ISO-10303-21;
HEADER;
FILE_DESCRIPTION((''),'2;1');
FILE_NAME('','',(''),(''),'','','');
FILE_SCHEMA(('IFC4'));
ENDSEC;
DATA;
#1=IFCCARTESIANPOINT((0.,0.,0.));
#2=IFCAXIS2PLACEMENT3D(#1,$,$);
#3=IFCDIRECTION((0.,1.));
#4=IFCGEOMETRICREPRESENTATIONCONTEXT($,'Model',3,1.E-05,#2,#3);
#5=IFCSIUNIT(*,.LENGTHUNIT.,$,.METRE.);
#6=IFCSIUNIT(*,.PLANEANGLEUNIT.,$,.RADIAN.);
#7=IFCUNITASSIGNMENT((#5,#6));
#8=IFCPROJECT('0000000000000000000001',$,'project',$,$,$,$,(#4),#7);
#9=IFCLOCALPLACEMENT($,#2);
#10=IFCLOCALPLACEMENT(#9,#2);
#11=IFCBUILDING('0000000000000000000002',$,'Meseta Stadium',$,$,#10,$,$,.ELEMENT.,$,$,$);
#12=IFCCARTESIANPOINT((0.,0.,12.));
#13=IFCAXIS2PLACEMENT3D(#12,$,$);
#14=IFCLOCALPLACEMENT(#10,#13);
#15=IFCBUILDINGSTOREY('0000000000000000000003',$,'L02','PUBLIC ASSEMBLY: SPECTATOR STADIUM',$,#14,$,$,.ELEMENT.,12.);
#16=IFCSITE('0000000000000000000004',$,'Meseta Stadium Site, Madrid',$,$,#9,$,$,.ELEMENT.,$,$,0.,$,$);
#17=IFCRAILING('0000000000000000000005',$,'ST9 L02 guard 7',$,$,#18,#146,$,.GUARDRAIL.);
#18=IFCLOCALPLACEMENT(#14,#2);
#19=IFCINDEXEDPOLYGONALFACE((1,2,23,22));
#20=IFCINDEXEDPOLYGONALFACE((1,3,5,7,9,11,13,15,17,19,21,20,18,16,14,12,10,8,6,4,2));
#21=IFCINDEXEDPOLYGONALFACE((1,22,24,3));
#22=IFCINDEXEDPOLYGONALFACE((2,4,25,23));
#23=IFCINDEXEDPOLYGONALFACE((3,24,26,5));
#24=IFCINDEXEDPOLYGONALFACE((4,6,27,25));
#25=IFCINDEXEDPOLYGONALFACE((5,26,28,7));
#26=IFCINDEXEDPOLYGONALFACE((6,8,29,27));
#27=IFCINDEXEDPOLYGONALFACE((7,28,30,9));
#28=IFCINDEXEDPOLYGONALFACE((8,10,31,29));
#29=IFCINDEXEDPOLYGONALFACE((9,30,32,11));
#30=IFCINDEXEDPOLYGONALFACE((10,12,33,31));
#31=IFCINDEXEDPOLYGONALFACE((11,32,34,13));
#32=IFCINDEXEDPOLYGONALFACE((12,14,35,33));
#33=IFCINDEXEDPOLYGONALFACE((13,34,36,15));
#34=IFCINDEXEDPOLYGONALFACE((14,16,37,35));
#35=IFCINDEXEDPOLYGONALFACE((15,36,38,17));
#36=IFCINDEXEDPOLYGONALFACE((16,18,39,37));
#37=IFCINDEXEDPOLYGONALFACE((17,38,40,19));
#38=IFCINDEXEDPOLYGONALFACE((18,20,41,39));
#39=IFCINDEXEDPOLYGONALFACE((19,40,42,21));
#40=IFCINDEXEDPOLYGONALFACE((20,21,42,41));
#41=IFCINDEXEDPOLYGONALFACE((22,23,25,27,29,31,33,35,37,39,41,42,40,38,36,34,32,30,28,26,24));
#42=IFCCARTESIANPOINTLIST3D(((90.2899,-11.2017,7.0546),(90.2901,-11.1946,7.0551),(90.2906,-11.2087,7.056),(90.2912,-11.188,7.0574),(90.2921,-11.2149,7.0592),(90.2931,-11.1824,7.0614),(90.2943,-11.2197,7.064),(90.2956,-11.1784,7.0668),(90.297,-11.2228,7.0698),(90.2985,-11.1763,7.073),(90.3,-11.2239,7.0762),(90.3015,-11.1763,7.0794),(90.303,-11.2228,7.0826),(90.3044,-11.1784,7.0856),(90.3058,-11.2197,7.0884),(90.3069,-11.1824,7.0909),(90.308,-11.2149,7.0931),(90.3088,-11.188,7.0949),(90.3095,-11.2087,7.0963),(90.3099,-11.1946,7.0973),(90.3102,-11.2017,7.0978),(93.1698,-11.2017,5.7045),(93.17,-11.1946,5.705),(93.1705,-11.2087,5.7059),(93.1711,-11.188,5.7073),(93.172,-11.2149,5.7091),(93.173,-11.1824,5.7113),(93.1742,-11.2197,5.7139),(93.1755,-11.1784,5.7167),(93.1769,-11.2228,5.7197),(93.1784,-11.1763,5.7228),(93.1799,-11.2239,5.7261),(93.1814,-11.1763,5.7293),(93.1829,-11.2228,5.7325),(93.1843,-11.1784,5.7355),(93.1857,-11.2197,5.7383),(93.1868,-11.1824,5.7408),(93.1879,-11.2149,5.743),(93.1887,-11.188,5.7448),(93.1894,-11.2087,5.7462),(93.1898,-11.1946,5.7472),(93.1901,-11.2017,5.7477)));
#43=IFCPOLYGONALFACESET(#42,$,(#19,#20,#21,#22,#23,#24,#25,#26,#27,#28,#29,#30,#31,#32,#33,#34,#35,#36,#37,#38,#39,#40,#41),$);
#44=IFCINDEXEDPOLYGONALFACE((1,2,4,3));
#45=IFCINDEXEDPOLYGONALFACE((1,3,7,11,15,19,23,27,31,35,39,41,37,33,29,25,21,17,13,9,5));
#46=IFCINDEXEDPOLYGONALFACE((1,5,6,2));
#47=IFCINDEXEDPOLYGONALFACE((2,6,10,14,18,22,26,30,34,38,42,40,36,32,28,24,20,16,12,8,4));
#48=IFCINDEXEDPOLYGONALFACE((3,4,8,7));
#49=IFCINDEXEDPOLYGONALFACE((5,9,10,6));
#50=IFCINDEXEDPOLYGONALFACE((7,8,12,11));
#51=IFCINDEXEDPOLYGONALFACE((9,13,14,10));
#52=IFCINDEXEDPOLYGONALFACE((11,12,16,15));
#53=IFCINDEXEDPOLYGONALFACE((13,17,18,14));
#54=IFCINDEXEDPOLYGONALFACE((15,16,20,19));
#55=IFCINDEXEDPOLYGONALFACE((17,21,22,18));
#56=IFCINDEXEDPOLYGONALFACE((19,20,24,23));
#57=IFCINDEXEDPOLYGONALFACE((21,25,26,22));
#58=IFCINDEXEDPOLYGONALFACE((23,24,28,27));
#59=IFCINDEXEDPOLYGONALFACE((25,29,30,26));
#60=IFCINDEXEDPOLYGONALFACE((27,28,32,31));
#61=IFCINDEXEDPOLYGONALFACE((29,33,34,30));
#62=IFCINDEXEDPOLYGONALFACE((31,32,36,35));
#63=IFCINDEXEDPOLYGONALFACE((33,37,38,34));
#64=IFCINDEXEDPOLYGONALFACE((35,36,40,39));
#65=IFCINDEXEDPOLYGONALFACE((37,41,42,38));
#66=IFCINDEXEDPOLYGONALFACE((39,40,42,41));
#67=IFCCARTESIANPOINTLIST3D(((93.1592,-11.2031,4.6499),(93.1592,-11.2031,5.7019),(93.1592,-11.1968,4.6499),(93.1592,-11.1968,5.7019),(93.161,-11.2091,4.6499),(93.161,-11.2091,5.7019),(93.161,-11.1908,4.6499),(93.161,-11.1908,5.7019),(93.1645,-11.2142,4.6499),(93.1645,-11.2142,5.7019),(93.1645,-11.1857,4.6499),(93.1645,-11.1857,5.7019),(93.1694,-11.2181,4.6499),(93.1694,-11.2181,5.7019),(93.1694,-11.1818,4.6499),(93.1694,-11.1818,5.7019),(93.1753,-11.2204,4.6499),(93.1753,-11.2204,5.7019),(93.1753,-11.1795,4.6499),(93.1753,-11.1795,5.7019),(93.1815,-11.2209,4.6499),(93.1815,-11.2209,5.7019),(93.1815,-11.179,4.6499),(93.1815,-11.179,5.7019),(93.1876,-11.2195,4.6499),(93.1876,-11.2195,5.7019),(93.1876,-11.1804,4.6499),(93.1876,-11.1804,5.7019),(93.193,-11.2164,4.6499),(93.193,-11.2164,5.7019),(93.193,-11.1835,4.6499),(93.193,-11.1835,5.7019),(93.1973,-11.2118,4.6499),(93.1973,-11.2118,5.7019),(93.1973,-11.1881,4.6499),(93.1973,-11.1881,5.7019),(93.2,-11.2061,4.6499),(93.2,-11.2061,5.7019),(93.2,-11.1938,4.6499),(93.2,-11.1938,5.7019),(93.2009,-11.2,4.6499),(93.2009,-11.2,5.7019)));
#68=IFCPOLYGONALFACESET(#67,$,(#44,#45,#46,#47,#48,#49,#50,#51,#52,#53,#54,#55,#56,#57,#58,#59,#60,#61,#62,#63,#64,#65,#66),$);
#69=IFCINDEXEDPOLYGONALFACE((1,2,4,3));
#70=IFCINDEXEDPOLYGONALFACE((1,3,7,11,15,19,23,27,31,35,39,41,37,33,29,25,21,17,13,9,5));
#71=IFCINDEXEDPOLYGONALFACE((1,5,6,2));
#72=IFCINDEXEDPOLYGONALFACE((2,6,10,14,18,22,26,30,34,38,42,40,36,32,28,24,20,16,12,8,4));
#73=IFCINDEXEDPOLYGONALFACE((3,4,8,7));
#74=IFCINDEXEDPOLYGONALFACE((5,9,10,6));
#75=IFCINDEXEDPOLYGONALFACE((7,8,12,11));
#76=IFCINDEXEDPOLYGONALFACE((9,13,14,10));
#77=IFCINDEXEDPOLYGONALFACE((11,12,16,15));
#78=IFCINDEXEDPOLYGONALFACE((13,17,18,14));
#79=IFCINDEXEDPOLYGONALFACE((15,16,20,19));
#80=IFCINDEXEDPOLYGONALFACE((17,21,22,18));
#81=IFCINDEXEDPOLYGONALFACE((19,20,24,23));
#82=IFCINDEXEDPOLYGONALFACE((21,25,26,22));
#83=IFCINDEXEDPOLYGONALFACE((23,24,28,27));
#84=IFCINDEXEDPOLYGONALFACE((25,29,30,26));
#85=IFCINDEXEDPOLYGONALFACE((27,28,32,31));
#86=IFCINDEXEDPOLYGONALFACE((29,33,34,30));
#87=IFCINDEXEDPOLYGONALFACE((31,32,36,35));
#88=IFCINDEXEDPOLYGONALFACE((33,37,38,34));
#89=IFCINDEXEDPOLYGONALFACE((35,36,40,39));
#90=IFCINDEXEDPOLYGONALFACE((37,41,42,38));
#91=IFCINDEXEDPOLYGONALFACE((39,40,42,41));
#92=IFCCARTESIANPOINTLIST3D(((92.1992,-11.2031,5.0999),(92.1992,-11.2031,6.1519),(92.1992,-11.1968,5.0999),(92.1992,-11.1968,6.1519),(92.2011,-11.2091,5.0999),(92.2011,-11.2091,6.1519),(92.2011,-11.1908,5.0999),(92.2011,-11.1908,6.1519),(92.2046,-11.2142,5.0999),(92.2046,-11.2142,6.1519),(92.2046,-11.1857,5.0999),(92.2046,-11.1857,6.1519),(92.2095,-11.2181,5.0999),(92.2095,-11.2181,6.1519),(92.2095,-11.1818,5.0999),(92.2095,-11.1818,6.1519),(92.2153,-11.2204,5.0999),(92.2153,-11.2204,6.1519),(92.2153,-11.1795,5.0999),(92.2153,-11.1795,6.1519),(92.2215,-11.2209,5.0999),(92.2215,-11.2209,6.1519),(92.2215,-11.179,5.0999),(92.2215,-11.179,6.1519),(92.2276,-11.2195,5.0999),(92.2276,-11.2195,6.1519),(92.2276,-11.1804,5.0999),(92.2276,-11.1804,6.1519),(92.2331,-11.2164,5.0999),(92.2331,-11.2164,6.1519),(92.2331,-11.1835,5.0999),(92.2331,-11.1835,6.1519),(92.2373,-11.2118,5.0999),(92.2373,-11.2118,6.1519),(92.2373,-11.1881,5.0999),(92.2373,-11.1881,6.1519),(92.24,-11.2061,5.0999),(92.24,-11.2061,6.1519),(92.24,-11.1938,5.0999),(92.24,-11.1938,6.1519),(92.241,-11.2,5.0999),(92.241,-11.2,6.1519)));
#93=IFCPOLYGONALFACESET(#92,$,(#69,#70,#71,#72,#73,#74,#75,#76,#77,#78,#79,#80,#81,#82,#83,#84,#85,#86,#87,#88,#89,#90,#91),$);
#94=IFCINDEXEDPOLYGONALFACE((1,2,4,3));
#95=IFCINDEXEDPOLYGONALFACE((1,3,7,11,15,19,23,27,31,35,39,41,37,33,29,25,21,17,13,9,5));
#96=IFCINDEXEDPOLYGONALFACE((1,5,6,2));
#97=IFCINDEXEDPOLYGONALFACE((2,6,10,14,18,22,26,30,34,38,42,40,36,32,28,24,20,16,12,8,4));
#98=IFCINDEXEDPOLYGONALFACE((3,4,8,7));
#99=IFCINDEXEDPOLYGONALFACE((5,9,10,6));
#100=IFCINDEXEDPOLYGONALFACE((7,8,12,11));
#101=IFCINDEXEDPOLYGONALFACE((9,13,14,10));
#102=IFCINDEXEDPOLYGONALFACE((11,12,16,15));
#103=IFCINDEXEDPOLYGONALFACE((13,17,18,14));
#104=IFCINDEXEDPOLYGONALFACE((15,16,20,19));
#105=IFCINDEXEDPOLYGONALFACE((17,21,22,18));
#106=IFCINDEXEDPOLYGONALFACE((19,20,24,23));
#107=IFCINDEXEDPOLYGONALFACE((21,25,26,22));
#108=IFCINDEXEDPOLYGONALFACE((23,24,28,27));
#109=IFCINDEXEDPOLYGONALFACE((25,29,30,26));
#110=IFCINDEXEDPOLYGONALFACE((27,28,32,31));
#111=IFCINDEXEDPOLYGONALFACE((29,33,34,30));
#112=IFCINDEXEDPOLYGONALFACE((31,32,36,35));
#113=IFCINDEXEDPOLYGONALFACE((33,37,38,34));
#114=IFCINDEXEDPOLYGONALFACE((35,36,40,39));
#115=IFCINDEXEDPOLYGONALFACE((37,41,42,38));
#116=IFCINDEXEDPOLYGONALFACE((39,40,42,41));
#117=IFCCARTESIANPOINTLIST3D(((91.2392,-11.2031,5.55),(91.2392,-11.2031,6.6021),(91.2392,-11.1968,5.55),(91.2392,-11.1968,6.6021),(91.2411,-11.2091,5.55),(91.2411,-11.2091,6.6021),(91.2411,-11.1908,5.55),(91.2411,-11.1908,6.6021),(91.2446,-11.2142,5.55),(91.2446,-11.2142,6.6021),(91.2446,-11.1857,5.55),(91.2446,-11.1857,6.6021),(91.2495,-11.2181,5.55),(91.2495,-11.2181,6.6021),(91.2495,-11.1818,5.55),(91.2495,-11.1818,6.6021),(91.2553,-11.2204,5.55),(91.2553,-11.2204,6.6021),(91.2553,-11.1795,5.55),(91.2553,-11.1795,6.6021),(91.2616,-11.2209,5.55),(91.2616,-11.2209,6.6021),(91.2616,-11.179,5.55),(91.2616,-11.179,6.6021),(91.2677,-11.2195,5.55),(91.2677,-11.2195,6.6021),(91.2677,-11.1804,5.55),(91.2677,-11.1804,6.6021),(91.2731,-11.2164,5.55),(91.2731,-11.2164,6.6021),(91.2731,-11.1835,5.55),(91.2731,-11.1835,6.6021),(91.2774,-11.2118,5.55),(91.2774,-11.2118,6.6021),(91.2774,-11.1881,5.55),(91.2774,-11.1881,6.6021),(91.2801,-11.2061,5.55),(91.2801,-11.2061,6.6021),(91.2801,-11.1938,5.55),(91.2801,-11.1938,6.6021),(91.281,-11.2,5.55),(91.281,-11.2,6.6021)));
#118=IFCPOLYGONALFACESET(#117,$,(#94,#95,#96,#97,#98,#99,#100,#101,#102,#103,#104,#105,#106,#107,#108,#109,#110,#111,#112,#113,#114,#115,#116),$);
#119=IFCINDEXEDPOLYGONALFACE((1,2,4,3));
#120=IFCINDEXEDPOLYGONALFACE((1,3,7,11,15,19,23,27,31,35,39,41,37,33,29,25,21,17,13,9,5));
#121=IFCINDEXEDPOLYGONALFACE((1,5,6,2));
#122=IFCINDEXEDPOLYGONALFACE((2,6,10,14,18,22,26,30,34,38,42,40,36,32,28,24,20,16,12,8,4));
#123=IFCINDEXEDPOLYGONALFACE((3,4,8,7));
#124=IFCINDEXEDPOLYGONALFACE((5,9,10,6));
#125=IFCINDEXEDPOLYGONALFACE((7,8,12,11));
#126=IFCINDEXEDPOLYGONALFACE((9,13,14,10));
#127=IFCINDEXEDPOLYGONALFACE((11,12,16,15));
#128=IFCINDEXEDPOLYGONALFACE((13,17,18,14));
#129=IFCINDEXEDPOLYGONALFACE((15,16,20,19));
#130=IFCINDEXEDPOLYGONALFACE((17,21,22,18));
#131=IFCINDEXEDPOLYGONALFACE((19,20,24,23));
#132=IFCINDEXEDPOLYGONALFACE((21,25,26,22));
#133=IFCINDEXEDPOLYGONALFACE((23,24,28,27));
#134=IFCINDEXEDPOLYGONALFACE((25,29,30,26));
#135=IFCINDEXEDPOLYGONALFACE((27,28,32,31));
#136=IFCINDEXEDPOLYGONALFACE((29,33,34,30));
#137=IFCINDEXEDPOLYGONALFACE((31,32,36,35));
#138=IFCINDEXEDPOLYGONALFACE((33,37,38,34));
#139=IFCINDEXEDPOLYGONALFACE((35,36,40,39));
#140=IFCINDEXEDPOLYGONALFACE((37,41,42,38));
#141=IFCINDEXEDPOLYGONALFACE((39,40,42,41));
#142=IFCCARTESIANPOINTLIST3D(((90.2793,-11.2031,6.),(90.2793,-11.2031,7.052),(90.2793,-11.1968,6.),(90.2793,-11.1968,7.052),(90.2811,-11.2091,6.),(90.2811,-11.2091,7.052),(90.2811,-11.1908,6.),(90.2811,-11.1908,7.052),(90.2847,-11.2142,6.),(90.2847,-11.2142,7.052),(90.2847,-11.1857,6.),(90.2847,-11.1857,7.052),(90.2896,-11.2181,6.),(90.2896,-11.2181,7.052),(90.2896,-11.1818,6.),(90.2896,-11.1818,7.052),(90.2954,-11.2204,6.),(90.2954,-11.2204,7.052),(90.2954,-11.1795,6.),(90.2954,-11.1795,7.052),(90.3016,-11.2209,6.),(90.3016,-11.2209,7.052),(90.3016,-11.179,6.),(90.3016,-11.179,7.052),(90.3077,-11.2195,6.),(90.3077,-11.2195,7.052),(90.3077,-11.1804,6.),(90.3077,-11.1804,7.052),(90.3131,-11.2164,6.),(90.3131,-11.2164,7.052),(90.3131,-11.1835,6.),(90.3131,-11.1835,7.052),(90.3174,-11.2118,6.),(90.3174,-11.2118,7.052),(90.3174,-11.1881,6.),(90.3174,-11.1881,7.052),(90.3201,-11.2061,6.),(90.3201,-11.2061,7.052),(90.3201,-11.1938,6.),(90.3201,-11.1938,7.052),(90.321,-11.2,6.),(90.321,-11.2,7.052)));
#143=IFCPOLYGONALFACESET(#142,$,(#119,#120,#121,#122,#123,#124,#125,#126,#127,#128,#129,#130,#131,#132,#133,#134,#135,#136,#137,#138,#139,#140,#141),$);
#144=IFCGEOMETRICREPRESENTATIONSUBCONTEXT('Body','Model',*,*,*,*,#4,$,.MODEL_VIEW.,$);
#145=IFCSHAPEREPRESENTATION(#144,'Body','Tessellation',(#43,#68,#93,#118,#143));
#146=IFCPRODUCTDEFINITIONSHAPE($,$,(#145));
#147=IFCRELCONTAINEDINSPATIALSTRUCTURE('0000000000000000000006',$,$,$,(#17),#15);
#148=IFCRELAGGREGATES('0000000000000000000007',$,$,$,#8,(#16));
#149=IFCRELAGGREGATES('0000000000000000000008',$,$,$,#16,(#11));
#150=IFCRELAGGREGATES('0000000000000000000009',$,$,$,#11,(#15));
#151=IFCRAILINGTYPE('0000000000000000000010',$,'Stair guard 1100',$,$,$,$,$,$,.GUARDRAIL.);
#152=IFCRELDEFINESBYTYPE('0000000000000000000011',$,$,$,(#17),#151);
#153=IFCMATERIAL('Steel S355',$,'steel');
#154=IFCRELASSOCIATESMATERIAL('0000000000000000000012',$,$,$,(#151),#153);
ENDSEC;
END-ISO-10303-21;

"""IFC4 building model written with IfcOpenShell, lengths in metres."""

from ifc_helpers import new_model, si_unit, direction, frame, origin, origin_2d, place, context, subcontext, project, spatial, circle, extrude, material, type_object, element, save


model = new_model("IFC4")

# Units and contexts
model_context = context("Model", 3, precision=1e-05, world=origin(), true_north=direction((0.0, 1.0)))
body_context = subcontext(model_context, "Body", "Model", "MODEL_VIEW")
ifc_project = project(units=[si_unit("LENGTHUNIT", "METRE"), si_unit("PLANEANGLEUNIT", "RADIAN")], contexts=[model_context])

# Site, building, storey
site_placement = place(None, origin())
site = spatial("IfcSite", under=ifc_project, at=site_placement, Name="Meseta Stadium Site, Madrid", CompositionType="ELEMENT", RefElevation=0.0)
building_placement = place(site_placement, origin())
building = spatial("IfcBuilding", under=site, at=building_placement, Name="Meseta Stadium", CompositionType="ELEMENT")
storey_placement = place(building_placement, frame((0.0, 0.0, 12.0)))
storey = spatial("IfcBuildingStorey", under=building, at=storey_placement, Name="L02", Description="PUBLIC ASSEMBLY: SPECTATOR STADIUM", CompositionType="ELEMENT", Elevation=12.0)

# Railing
ifc_material_1 = material(Name="Steel S355", Category="steel")
railing_type_1 = type_object("IfcRailingType", Name="Stair guard 1100", PredefinedType="GUARDRAIL", material=ifc_material_1)
railing_1_placement = place(storey_placement, frame((93.1799, -11.2, 4.6499)))
element("IfcRailing", 1, at=railing_1_placement, inside=storey, type_object=railing_type_1, Name="ST9 L02 guard 7", PredefinedType="GUARDRAIL", context=body_context, shape_type="SweptSolid", body=[
    extrude(circle(Radius=0.0239, at=origin_2d()), frame((0.0, 0.0, 1.0762), z_axis=(-0.90544, 0.0, 0.424473), x_axis=(0.0, -1.0, 0.0)), (0.0, 0.0, 1.0), 3.1807),
    extrude(circle(Radius=0.021, at=origin_2d()), origin(), (0.0, 0.0, 1.0), 1.052),
    extrude(circle(Radius=0.021, at=origin_2d()), frame((-0.96, 0.0, 0.45)), (0.0, 0.0, 1.0), 1.052),
    extrude(circle(Radius=0.021, at=origin_2d()), frame((-1.9199, 0.0, 0.9001)), (0.0, 0.0, 1.0), 1.052),
    extrude(circle(Radius=0.021, at=origin_2d()), frame((-2.8799, 0.0, 1.3501)), (0.0, 0.0, 1.0), 1.052),
])

save(model, "model.ifc")
